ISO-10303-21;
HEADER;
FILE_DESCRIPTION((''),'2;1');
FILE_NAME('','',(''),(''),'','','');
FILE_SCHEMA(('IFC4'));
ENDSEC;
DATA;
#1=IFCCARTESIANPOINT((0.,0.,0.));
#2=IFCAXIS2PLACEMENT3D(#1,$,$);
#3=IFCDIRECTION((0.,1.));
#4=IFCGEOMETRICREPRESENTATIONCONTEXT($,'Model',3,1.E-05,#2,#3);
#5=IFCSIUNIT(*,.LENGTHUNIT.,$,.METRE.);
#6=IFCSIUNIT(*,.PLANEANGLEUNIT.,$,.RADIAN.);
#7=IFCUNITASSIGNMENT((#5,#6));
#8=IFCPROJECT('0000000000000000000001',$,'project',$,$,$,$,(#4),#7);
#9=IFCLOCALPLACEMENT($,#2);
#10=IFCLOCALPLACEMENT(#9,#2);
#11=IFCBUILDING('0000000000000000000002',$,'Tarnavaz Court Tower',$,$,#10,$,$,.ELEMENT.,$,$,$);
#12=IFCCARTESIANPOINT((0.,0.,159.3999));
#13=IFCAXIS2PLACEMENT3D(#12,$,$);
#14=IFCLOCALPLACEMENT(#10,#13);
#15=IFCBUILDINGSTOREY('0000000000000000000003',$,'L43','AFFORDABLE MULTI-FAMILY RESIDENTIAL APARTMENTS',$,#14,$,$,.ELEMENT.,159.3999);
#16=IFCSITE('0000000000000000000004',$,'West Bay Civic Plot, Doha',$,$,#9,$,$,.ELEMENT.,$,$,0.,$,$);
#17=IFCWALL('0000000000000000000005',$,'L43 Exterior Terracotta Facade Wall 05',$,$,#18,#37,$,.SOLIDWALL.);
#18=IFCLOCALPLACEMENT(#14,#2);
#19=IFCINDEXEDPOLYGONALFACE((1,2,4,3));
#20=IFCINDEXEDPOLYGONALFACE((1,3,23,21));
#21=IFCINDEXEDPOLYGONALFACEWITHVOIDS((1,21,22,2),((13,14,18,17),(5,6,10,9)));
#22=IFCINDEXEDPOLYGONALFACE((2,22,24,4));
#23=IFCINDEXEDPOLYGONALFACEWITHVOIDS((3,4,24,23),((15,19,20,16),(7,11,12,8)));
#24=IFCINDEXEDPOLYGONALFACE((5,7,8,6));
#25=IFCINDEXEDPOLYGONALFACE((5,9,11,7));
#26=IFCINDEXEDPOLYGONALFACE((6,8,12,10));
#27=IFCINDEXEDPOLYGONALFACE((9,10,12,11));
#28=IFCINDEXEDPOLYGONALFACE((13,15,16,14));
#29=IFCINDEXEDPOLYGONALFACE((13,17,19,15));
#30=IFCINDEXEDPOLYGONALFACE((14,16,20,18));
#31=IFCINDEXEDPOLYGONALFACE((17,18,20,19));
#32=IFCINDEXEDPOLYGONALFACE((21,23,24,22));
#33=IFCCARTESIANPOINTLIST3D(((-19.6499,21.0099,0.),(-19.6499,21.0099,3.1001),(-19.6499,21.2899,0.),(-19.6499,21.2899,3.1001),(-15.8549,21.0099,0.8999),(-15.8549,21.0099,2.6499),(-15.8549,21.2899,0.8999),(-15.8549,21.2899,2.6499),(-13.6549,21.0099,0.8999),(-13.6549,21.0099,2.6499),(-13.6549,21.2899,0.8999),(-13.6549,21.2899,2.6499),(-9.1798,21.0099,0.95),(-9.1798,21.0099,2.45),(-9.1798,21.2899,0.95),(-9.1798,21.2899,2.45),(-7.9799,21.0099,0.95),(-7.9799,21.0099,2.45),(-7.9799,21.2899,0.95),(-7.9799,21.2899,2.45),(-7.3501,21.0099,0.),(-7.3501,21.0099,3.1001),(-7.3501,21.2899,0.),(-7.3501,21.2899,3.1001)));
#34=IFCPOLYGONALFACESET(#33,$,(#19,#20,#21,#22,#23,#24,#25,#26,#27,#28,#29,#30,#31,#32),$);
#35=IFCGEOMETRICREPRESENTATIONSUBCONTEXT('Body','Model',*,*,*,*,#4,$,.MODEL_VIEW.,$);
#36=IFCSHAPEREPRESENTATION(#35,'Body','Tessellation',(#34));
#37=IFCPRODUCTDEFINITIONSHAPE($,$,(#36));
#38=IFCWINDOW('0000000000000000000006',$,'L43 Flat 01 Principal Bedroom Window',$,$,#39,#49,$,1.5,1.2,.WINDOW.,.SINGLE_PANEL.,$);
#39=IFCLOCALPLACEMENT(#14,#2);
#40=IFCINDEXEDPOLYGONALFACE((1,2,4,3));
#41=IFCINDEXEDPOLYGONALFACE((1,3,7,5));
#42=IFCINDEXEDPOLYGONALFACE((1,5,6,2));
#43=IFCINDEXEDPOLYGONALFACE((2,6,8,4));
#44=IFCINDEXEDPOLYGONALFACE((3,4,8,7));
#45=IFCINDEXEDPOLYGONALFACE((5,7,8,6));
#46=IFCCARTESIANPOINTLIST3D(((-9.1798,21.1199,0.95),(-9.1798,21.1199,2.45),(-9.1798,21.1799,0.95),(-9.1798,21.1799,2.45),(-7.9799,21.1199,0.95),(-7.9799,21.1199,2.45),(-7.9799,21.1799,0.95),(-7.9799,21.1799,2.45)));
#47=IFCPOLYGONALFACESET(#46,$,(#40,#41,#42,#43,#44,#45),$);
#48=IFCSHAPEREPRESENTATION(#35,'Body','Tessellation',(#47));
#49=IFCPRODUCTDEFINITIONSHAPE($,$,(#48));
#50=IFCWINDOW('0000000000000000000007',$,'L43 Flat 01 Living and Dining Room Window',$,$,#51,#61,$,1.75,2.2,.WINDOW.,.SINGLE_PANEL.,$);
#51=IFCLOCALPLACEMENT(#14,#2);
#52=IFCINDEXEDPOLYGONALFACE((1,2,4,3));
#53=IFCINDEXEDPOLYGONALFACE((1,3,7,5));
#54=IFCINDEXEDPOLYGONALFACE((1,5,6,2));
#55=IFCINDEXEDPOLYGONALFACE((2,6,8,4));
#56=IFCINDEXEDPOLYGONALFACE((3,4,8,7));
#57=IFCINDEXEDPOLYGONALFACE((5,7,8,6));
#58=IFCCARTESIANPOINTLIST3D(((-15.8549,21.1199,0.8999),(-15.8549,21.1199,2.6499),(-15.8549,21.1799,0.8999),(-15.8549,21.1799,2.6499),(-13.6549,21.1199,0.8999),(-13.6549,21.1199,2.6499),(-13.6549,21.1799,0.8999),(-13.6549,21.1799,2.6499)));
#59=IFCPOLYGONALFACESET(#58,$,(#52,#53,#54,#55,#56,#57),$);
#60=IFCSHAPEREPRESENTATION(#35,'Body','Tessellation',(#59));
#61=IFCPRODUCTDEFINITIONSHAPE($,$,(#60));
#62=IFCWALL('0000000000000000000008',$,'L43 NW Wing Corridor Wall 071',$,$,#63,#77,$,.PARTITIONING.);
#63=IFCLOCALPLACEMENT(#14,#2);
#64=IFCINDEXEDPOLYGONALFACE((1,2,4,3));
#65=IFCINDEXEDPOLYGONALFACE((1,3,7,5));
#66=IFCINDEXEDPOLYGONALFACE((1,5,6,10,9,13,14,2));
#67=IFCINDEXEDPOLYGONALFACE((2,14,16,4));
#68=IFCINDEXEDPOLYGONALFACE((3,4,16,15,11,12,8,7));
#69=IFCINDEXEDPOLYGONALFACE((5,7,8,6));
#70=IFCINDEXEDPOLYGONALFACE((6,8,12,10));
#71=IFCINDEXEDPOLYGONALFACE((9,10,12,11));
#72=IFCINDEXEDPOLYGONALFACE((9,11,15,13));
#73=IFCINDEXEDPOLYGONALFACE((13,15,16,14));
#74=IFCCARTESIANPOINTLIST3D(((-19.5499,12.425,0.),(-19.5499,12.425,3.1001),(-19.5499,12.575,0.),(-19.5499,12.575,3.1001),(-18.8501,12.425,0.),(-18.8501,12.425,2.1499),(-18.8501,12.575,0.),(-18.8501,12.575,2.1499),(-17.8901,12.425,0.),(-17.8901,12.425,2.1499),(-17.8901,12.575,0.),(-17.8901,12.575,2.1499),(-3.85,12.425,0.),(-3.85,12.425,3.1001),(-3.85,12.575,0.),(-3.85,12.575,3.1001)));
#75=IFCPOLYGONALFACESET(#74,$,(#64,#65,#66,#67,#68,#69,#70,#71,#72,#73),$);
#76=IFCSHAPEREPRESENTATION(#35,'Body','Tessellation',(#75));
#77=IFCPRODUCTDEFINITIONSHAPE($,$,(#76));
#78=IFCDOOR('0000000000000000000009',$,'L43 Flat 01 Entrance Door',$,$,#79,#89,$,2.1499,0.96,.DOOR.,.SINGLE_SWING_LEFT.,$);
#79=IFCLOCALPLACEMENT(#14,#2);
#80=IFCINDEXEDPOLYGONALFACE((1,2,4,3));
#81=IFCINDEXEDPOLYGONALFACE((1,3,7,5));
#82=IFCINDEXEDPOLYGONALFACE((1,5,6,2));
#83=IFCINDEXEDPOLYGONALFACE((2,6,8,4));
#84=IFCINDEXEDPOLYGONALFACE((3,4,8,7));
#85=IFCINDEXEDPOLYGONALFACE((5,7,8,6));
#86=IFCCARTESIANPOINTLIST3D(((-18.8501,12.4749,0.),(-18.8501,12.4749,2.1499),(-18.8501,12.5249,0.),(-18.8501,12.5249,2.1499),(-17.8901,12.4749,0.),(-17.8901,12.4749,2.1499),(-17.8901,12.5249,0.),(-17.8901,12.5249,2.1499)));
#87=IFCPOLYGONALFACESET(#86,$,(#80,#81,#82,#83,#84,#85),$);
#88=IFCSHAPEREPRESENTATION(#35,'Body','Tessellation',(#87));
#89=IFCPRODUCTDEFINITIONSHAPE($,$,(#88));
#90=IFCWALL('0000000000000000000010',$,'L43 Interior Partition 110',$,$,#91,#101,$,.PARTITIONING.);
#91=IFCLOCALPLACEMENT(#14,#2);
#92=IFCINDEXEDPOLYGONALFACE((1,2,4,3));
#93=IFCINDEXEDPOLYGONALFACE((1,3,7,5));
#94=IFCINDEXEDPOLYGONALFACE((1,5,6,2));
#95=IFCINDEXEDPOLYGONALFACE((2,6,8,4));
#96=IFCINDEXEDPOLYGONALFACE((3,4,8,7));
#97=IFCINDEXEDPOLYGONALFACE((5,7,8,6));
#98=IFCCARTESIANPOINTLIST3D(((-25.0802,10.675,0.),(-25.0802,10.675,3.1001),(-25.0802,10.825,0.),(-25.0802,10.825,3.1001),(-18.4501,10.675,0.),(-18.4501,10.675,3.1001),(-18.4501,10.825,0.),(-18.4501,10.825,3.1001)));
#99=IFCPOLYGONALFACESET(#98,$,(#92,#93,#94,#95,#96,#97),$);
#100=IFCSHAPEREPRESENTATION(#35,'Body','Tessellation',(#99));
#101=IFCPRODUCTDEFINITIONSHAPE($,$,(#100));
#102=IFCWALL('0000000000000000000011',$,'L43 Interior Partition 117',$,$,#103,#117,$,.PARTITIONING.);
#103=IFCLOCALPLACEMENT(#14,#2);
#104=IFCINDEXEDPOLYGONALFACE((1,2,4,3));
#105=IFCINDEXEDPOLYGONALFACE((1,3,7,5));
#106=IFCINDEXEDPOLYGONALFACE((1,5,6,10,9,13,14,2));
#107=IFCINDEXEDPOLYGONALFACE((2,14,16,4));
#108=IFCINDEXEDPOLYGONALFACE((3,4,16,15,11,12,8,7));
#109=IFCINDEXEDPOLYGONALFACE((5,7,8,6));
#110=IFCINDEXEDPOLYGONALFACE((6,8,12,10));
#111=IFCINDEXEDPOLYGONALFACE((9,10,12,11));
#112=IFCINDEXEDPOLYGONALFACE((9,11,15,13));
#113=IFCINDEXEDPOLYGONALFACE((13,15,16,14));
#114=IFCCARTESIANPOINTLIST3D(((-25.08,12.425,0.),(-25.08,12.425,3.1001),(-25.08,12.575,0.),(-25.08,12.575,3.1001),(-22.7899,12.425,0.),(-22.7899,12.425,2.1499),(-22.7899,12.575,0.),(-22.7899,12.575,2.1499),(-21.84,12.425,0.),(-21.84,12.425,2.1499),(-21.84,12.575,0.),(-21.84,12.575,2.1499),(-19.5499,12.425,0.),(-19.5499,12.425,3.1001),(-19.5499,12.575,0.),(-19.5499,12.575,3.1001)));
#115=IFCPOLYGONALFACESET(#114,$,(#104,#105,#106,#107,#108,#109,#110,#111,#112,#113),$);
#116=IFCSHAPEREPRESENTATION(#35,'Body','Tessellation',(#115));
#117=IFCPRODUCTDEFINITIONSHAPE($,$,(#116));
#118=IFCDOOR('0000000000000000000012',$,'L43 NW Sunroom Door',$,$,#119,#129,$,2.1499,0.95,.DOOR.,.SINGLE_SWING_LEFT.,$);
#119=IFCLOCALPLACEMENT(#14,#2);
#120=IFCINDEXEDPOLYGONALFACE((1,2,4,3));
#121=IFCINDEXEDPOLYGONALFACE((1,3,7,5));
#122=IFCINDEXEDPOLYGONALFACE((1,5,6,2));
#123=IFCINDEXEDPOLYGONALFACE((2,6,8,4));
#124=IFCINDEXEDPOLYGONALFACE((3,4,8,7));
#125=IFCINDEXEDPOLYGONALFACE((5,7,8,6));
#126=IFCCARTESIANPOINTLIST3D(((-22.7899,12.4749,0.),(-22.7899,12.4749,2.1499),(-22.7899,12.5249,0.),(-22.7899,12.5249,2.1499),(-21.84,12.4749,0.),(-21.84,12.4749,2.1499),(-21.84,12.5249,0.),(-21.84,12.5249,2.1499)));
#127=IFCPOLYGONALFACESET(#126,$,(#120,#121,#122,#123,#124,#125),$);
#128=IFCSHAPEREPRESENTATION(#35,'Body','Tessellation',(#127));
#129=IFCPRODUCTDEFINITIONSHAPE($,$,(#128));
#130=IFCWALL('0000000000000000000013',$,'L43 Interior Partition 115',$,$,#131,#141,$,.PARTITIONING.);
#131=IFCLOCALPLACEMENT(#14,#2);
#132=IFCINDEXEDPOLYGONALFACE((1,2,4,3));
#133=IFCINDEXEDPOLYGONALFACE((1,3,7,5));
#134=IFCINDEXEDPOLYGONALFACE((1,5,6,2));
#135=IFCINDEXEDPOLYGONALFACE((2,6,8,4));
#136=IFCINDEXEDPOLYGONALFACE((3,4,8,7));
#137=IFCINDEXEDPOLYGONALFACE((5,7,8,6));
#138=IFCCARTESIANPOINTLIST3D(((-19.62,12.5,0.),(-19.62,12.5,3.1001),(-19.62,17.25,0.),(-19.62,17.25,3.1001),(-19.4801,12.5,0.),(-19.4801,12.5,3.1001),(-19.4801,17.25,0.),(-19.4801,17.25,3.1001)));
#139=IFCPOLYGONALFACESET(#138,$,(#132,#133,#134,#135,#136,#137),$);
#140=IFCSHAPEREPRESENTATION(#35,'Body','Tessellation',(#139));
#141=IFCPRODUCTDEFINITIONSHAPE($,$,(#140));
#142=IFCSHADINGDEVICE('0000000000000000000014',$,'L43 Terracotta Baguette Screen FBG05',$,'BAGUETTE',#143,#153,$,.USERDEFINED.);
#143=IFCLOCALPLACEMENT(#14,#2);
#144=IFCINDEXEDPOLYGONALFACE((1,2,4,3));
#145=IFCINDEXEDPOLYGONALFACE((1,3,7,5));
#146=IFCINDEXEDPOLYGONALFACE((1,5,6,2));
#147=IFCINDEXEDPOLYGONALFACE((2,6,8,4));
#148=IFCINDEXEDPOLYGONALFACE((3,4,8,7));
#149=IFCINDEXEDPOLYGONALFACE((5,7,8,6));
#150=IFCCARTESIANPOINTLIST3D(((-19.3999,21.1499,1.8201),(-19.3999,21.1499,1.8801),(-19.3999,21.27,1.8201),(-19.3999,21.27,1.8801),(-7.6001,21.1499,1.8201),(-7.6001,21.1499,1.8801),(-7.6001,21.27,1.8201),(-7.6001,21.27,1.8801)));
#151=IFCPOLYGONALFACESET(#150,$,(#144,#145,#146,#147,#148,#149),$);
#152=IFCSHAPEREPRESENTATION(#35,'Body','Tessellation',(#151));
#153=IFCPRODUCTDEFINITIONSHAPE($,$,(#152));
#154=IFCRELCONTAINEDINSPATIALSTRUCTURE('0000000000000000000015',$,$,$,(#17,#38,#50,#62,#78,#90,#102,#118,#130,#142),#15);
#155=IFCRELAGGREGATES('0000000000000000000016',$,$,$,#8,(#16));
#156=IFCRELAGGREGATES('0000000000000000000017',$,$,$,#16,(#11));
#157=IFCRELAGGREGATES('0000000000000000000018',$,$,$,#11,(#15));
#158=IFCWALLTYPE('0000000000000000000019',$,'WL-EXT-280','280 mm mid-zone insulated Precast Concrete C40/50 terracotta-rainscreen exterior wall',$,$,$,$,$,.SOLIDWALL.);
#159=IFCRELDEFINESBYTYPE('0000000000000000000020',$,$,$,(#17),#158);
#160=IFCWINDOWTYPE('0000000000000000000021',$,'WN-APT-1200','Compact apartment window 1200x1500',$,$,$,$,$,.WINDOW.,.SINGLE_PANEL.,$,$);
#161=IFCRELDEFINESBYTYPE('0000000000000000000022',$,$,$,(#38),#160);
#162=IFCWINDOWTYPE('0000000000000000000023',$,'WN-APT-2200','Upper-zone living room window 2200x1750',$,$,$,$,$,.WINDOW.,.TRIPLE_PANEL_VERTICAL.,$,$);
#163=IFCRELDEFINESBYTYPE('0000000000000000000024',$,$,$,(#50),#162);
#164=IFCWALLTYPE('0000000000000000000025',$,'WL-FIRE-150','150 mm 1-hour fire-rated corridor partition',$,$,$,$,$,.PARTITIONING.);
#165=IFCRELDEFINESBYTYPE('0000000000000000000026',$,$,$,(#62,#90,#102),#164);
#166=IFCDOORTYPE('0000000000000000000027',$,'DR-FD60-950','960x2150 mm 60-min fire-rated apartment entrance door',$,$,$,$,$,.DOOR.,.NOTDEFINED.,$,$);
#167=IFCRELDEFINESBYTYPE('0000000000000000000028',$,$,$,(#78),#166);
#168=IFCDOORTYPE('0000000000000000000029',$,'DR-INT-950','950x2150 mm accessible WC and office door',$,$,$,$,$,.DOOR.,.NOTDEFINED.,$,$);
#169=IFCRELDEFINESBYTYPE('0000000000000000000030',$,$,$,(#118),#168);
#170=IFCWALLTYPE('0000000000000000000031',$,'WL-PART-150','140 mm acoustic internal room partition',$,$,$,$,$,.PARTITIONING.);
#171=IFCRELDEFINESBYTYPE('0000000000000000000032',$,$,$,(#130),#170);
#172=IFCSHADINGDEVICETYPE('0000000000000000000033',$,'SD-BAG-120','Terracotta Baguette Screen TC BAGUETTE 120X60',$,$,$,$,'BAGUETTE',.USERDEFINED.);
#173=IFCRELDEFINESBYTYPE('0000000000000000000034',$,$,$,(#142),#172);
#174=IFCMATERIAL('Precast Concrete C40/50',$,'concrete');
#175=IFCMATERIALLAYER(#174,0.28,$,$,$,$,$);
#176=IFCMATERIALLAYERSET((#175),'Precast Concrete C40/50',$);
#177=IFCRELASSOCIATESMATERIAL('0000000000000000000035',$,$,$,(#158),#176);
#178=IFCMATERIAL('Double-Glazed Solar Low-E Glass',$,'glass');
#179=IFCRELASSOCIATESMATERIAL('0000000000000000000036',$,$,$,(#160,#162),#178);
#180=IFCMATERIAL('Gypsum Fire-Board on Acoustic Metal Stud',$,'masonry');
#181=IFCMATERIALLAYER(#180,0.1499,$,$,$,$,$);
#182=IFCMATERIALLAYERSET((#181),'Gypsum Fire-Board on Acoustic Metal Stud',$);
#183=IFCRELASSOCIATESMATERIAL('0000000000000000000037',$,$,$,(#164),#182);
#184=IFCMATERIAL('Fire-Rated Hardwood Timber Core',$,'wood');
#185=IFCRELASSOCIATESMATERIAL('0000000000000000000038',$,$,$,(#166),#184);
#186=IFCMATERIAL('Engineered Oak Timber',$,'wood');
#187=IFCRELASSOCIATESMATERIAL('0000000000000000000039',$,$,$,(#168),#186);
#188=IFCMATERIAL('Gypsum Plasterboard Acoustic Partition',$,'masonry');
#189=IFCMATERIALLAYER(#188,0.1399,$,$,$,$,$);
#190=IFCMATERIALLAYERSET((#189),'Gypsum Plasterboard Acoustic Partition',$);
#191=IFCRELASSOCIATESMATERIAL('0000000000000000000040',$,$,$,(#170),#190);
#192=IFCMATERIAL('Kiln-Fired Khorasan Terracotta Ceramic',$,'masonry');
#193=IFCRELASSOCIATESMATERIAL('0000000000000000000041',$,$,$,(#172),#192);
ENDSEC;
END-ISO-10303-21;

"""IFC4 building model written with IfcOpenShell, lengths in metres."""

from ifc_helpers import new_model, si_unit, direction, frame, frame_2d, origin, origin_2d, place, context, subcontext, project, spatial, rectangle, extrude, material, layer, layer_set, material_profile, profile_set, type_object, element, fill, save


model = new_model("IFC4")

# Units and contexts
model_context = context("Model", 3, precision=1e-05, world=origin(), true_north=direction((0.0, 1.0)))
body_context = subcontext(model_context, "Body", "Model", "MODEL_VIEW")
ifc_project = project(units=[si_unit("LENGTHUNIT", "METRE"), si_unit("PLANEANGLEUNIT", "RADIAN")], contexts=[model_context])

# Site, building, storey
site_placement = place(None, origin())
site = spatial("IfcSite", under=ifc_project, at=site_placement, Name="West Bay Civic Plot, Doha", CompositionType="ELEMENT", RefElevation=0.0)
building_placement = place(site_placement, origin())
building = spatial("IfcBuilding", under=site, at=building_placement, Name="Tarnavaz Court Tower", CompositionType="ELEMENT")
storey_placement = place(building_placement, frame((0.0, 0.0, 159.3999)))
storey = spatial("IfcBuildingStorey", under=building, at=storey_placement, Name="L43", Description="AFFORDABLE MULTI-FAMILY RESIDENTIAL APARTMENTS", CompositionType="ELEMENT", Elevation=159.3999)

# Shared definitions
ifc_material_1 = material(Name="Precast Concrete C40/50", Category="concrete")
ifc_layer_1 = layer(ifc_material_1, 0.28)
ifc_layer_set_1 = layer_set([ifc_layer_1], Name="Precast Concrete C40/50")
wall_type_1 = type_object("IfcWallType", Name="WL-EXT-280", Description="280 mm mid-zone insulated Precast Concrete C40/50 terracotta-rainscreen exterior wall", PredefinedType="SOLIDWALL", material=ifc_layer_set_1)
ifc_material_2 = material(Name="Double-Glazed Solar Low-E Glass", Category="glass")

# Wall, openings, windows
wall_1_placement = place(storey_placement, frame((-19.6499, 21.1499, 0.0), z_axis=(0.0, 0.0, 1.0), x_axis=(1.0, 0.0, 0.0)))
wall_1 = element("IfcWall", 1, at=wall_1_placement, inside=storey, type_object=wall_type_1, Name="L43 Exterior Terracotta Facade Wall 05", PredefinedType="SOLIDWALL", context=body_context, shape_type="SweptSolid", body=[
    extrude(rectangle(XDim=12.2998, YDim=0.28, at=frame_2d((6.1499, 0.0))), origin(), (0.0, 0.0, 1.0), 3.1001),
])
opening_1_placement = place(wall_1_placement, frame((3.7949, 0.0, 0.8999)))
opening_1 = element("IfcOpeningElement", 2, at=opening_1_placement, cuts=wall_1, PredefinedType="OPENING", context=body_context, shape_type="SweptSolid", body=[
    extrude(rectangle(XDim=2.2, YDim=1.75, at=frame_2d((1.1001, 0.875))), frame((0.0, 0.1499, 0.0), z_axis=(0.0, -1.0, 0.0), x_axis=(1.0, 0.0, 0.0)), (0.0, 0.0, 1.0), 0.3),
])
opening_2_placement = place(wall_1_placement, frame((10.47, 0.0, 0.95)))
opening_2 = element("IfcOpeningElement", 3, at=opening_2_placement, cuts=wall_1, PredefinedType="OPENING", context=body_context, shape_type="SweptSolid", body=[
    extrude(rectangle(XDim=1.2, YDim=1.5, at=frame_2d((0.6001, 0.75))), frame((0.0, 0.1499, 0.0), z_axis=(0.0, -1.0, 0.0), x_axis=(1.0, 0.0, 0.0)), (0.0, 0.0, 1.0), 0.3),
])
window_type_1 = type_object("IfcWindowType", Name="WN-APT-1200", Description="Compact apartment window 1200x1500", PartitioningType="SINGLE_PANEL", PredefinedType="WINDOW", material=ifc_material_2)
window_1_placement = place(opening_2_placement, origin())
window_1 = element("IfcWindow", 4, at=window_1_placement, inside=storey, type_object=window_type_1, Name="L43 Flat 01 Principal Bedroom Window", OverallHeight=1.5, OverallWidth=1.2, PartitioningType="SINGLE_PANEL", PredefinedType="WINDOW", context=body_context, shape_type="SweptSolid", body=[
    extrude(rectangle(XDim=1.2, YDim=1.5, at=frame_2d((0.6001, 0.75))), frame((0.0, 0.03, 0.0), z_axis=(0.0, -1.0, 0.0), x_axis=(1.0, 0.0, 0.0)), (0.0, 0.0, 1.0), 0.0601),
])
fill(opening_2, window_1)
window_type_2 = type_object("IfcWindowType", Name="WN-APT-2200", Description="Upper-zone living room window 2200x1750", PartitioningType="TRIPLE_PANEL_VERTICAL", PredefinedType="WINDOW", material=ifc_material_2)
window_2_placement = place(opening_1_placement, origin())
window_2 = element("IfcWindow", 5, at=window_2_placement, inside=storey, type_object=window_type_2, Name="L43 Flat 01 Living and Dining Room Window", OverallHeight=1.75, OverallWidth=2.2, PartitioningType="SINGLE_PANEL", PredefinedType="WINDOW", context=body_context, shape_type="SweptSolid", body=[
    extrude(rectangle(XDim=2.2, YDim=1.75, at=frame_2d((1.1001, 0.875))), frame((0.0, 0.03, 0.0), z_axis=(0.0, -1.0, 0.0), x_axis=(1.0, 0.0, 0.0)), (0.0, 0.0, 1.0), 0.0601),
])
fill(opening_1, window_2)

# Wall, opening, door
ifc_material_3 = material(Name="Gypsum Fire-Board on Acoustic Metal Stud", Category="masonry")
ifc_layer_2 = layer(ifc_material_3, 0.1499)
ifc_layer_set_2 = layer_set([ifc_layer_2], Name="Gypsum Fire-Board on Acoustic Metal Stud")
wall_type_2 = type_object("IfcWallType", Name="WL-FIRE-150", Description="150 mm 1-hour fire-rated corridor partition", PredefinedType="PARTITIONING", material=ifc_layer_set_2)
wall_2_placement = place(storey_placement, frame((-19.55, 12.5, 0.0), z_axis=(0.0, 0.0, 1.0), x_axis=(1.0, 0.0, 0.0)))
wall_2 = element("IfcWall", 6, at=wall_2_placement, inside=storey, type_object=wall_type_2, Name="L43 NW Wing Corridor Wall 071", PredefinedType="PARTITIONING", context=body_context, shape_type="SweptSolid", body=[
    extrude(rectangle(XDim=15.7, YDim=0.1499, at=frame_2d((7.8501, 0.0))), origin(), (0.0, 0.0, 1.0), 3.1001),
])
opening_3_placement = place(wall_2_placement, frame((0.7, 0.0, 0.0)))
opening_3 = element("IfcOpeningElement", 7, at=opening_3_placement, cuts=wall_2, PredefinedType="OPENING", context=body_context, shape_type="SweptSolid", body=[
    extrude(rectangle(XDim=0.96, YDim=2.1499, at=frame_2d((0.48, 1.075))), frame((0.0, 0.085, 0.0), z_axis=(0.0, -1.0, 0.0), x_axis=(1.0, 0.0, 0.0)), (0.0, 0.0, 1.0), 0.1699),
])
ifc_material_4 = material(Name="Fire-Rated Hardwood Timber Core", Category="wood")
door_type_1 = type_object("IfcDoorType", Name="DR-FD60-950", Description="960x2150 mm 60-min fire-rated apartment entrance door", OperationType="NOTDEFINED", PredefinedType="DOOR", material=ifc_material_4)
door_1_placement = place(opening_3_placement, origin())
door_1 = element("IfcDoor", 8, at=door_1_placement, inside=storey, type_object=door_type_1, Name="L43 Flat 01 Entrance Door", OperationType="SINGLE_SWING_LEFT", OverallHeight=2.1499, OverallWidth=0.96, PredefinedType="DOOR", context=body_context, shape_type="SweptSolid", body=[
    extrude(rectangle(XDim=0.96, YDim=2.1499, at=frame_2d((0.48, 1.075))), frame((0.0, 0.0249, 0.0), z_axis=(0.0, -1.0, 0.0), x_axis=(1.0, 0.0, 0.0)), (0.0, 0.0, 1.0), 0.05),
])
fill(opening_3, door_1)

# Wall
wall_3_placement = place(storey_placement, frame((-25.0801, 10.75, 0.0), z_axis=(0.0, 0.0, 1.0), x_axis=(1.0, 0.0, 0.0)))
element("IfcWall", 9, at=wall_3_placement, inside=storey, type_object=wall_type_2, Name="L43 Interior Partition 110", PredefinedType="PARTITIONING", context=body_context, shape_type="SweptSolid", body=[
    extrude(rectangle(XDim=6.6301, YDim=0.1499, at=frame_2d((3.3149, 0.0))), origin(), (0.0, 0.0, 1.0), 3.1001),
])

# Wall, opening, door
wall_4_placement = place(storey_placement, frame((-25.0801, 12.5, 0.0), z_axis=(0.0, 0.0, 1.0), x_axis=(1.0, 0.0, 0.0)))
wall_4 = element("IfcWall", 10, at=wall_4_placement, inside=storey, type_object=wall_type_2, Name="L43 Interior Partition 117", PredefinedType="PARTITIONING", context=body_context, shape_type="SweptSolid", body=[
    extrude(rectangle(XDim=5.53, YDim=0.1499, at=frame_2d((2.7651, 0.0))), origin(), (0.0, 0.0, 1.0), 3.1001),
])
opening_4_placement = place(wall_4_placement, frame((2.29, 0.0, 0.0)))
opening_4 = element("IfcOpeningElement", 11, at=opening_4_placement, cuts=wall_4, PredefinedType="OPENING", context=body_context, shape_type="SweptSolid", body=[
    extrude(rectangle(XDim=0.95, YDim=2.1499, at=frame_2d((0.4751, 1.075))), frame((0.0, 0.085, 0.0), z_axis=(0.0, -1.0, 0.0), x_axis=(1.0, 0.0, 0.0)), (0.0, 0.0, 1.0), 0.1699),
])
ifc_material_5 = material(Name="Engineered Oak Timber", Category="wood")
door_type_2 = type_object("IfcDoorType", Name="DR-INT-950", Description="950x2150 mm accessible WC and office door", OperationType="NOTDEFINED", PredefinedType="DOOR", material=ifc_material_5)
door_2_placement = place(opening_4_placement, origin())
door_2 = element("IfcDoor", 12, at=door_2_placement, inside=storey, type_object=door_type_2, Name="L43 NW Sunroom Door", OperationType="SINGLE_SWING_LEFT", OverallHeight=2.1499, OverallWidth=0.95, PredefinedType="DOOR", context=body_context, shape_type="SweptSolid", body=[
    extrude(rectangle(XDim=0.95, YDim=2.1499, at=frame_2d((0.4751, 1.075))), frame((0.0, 0.0249, 0.0), z_axis=(0.0, -1.0, 0.0), x_axis=(1.0, 0.0, 0.0)), (0.0, 0.0, 1.0), 0.05),
])
fill(opening_4, door_2)

# Wall
ifc_material_6 = material(Name="Gypsum Plasterboard Acoustic Partition", Category="masonry")
ifc_layer_3 = layer(ifc_material_6, 0.1399)
ifc_layer_set_3 = layer_set([ifc_layer_3], Name="Gypsum Plasterboard Acoustic Partition")
wall_type_3 = type_object("IfcWallType", Name="WL-PART-150", Description="140 mm acoustic internal room partition", PredefinedType="PARTITIONING", material=ifc_layer_set_3)
wall_5_placement = place(storey_placement, frame((-19.55, 12.5, 0.0), z_axis=(0.0, 0.0, 1.0), x_axis=(0.0, 1.0, 0.0)))
element("IfcWall", 13, at=wall_5_placement, inside=storey, type_object=wall_type_3, Name="L43 Interior Partition 115", PredefinedType="PARTITIONING", context=body_context, shape_type="SweptSolid", body=[
    extrude(rectangle(XDim=4.75, YDim=0.1399, at=frame_2d((2.375, 0.0))), origin(), (0.0, 0.0, 1.0), 3.1001),
])

# Shading device
ifc_material_7 = material(Name="Kiln-Fired Khorasan Terracotta Ceramic", Category="masonry")
ifc_material_profile_1 = material_profile(ifc_material_7, rectangle(XDim=0.1201, YDim=0.0601, at=origin_2d()), Name="TC BAGUETTE 120X60")
ifc_profile_set_1 = profile_set([ifc_material_profile_1], Name="Kiln-Fired Khorasan Terracotta Ceramic")
shading_device_type = type_object("IfcShadingDeviceType", Name="SD-BAG-120", Description="Terracotta Baguette Screen TC BAGUETTE 120X60", ElementType="BAGUETTE", PredefinedType="USERDEFINED", material=ifc_profile_set_1)
shading_device_placement = place(storey_placement, frame((-19.3999, 21.21, 1.8501), z_axis=(1.0, 0.0, 0.0), x_axis=(0.0, 1.0, 0.0)))
element("IfcShadingDevice", 14, at=shading_device_placement, inside=storey, type_object=shading_device_type, Name="L43 Terracotta Baguette Screen FBG05", ObjectType="BAGUETTE", PredefinedType="USERDEFINED", context=body_context, shape_type="SweptSolid", body=[
    extrude(rectangle(XDim=0.1201, YDim=0.0601, at=origin_2d()), origin(), (0.0, 0.0, 1.0), 11.7998),
])

save(model, "model.ifc")
